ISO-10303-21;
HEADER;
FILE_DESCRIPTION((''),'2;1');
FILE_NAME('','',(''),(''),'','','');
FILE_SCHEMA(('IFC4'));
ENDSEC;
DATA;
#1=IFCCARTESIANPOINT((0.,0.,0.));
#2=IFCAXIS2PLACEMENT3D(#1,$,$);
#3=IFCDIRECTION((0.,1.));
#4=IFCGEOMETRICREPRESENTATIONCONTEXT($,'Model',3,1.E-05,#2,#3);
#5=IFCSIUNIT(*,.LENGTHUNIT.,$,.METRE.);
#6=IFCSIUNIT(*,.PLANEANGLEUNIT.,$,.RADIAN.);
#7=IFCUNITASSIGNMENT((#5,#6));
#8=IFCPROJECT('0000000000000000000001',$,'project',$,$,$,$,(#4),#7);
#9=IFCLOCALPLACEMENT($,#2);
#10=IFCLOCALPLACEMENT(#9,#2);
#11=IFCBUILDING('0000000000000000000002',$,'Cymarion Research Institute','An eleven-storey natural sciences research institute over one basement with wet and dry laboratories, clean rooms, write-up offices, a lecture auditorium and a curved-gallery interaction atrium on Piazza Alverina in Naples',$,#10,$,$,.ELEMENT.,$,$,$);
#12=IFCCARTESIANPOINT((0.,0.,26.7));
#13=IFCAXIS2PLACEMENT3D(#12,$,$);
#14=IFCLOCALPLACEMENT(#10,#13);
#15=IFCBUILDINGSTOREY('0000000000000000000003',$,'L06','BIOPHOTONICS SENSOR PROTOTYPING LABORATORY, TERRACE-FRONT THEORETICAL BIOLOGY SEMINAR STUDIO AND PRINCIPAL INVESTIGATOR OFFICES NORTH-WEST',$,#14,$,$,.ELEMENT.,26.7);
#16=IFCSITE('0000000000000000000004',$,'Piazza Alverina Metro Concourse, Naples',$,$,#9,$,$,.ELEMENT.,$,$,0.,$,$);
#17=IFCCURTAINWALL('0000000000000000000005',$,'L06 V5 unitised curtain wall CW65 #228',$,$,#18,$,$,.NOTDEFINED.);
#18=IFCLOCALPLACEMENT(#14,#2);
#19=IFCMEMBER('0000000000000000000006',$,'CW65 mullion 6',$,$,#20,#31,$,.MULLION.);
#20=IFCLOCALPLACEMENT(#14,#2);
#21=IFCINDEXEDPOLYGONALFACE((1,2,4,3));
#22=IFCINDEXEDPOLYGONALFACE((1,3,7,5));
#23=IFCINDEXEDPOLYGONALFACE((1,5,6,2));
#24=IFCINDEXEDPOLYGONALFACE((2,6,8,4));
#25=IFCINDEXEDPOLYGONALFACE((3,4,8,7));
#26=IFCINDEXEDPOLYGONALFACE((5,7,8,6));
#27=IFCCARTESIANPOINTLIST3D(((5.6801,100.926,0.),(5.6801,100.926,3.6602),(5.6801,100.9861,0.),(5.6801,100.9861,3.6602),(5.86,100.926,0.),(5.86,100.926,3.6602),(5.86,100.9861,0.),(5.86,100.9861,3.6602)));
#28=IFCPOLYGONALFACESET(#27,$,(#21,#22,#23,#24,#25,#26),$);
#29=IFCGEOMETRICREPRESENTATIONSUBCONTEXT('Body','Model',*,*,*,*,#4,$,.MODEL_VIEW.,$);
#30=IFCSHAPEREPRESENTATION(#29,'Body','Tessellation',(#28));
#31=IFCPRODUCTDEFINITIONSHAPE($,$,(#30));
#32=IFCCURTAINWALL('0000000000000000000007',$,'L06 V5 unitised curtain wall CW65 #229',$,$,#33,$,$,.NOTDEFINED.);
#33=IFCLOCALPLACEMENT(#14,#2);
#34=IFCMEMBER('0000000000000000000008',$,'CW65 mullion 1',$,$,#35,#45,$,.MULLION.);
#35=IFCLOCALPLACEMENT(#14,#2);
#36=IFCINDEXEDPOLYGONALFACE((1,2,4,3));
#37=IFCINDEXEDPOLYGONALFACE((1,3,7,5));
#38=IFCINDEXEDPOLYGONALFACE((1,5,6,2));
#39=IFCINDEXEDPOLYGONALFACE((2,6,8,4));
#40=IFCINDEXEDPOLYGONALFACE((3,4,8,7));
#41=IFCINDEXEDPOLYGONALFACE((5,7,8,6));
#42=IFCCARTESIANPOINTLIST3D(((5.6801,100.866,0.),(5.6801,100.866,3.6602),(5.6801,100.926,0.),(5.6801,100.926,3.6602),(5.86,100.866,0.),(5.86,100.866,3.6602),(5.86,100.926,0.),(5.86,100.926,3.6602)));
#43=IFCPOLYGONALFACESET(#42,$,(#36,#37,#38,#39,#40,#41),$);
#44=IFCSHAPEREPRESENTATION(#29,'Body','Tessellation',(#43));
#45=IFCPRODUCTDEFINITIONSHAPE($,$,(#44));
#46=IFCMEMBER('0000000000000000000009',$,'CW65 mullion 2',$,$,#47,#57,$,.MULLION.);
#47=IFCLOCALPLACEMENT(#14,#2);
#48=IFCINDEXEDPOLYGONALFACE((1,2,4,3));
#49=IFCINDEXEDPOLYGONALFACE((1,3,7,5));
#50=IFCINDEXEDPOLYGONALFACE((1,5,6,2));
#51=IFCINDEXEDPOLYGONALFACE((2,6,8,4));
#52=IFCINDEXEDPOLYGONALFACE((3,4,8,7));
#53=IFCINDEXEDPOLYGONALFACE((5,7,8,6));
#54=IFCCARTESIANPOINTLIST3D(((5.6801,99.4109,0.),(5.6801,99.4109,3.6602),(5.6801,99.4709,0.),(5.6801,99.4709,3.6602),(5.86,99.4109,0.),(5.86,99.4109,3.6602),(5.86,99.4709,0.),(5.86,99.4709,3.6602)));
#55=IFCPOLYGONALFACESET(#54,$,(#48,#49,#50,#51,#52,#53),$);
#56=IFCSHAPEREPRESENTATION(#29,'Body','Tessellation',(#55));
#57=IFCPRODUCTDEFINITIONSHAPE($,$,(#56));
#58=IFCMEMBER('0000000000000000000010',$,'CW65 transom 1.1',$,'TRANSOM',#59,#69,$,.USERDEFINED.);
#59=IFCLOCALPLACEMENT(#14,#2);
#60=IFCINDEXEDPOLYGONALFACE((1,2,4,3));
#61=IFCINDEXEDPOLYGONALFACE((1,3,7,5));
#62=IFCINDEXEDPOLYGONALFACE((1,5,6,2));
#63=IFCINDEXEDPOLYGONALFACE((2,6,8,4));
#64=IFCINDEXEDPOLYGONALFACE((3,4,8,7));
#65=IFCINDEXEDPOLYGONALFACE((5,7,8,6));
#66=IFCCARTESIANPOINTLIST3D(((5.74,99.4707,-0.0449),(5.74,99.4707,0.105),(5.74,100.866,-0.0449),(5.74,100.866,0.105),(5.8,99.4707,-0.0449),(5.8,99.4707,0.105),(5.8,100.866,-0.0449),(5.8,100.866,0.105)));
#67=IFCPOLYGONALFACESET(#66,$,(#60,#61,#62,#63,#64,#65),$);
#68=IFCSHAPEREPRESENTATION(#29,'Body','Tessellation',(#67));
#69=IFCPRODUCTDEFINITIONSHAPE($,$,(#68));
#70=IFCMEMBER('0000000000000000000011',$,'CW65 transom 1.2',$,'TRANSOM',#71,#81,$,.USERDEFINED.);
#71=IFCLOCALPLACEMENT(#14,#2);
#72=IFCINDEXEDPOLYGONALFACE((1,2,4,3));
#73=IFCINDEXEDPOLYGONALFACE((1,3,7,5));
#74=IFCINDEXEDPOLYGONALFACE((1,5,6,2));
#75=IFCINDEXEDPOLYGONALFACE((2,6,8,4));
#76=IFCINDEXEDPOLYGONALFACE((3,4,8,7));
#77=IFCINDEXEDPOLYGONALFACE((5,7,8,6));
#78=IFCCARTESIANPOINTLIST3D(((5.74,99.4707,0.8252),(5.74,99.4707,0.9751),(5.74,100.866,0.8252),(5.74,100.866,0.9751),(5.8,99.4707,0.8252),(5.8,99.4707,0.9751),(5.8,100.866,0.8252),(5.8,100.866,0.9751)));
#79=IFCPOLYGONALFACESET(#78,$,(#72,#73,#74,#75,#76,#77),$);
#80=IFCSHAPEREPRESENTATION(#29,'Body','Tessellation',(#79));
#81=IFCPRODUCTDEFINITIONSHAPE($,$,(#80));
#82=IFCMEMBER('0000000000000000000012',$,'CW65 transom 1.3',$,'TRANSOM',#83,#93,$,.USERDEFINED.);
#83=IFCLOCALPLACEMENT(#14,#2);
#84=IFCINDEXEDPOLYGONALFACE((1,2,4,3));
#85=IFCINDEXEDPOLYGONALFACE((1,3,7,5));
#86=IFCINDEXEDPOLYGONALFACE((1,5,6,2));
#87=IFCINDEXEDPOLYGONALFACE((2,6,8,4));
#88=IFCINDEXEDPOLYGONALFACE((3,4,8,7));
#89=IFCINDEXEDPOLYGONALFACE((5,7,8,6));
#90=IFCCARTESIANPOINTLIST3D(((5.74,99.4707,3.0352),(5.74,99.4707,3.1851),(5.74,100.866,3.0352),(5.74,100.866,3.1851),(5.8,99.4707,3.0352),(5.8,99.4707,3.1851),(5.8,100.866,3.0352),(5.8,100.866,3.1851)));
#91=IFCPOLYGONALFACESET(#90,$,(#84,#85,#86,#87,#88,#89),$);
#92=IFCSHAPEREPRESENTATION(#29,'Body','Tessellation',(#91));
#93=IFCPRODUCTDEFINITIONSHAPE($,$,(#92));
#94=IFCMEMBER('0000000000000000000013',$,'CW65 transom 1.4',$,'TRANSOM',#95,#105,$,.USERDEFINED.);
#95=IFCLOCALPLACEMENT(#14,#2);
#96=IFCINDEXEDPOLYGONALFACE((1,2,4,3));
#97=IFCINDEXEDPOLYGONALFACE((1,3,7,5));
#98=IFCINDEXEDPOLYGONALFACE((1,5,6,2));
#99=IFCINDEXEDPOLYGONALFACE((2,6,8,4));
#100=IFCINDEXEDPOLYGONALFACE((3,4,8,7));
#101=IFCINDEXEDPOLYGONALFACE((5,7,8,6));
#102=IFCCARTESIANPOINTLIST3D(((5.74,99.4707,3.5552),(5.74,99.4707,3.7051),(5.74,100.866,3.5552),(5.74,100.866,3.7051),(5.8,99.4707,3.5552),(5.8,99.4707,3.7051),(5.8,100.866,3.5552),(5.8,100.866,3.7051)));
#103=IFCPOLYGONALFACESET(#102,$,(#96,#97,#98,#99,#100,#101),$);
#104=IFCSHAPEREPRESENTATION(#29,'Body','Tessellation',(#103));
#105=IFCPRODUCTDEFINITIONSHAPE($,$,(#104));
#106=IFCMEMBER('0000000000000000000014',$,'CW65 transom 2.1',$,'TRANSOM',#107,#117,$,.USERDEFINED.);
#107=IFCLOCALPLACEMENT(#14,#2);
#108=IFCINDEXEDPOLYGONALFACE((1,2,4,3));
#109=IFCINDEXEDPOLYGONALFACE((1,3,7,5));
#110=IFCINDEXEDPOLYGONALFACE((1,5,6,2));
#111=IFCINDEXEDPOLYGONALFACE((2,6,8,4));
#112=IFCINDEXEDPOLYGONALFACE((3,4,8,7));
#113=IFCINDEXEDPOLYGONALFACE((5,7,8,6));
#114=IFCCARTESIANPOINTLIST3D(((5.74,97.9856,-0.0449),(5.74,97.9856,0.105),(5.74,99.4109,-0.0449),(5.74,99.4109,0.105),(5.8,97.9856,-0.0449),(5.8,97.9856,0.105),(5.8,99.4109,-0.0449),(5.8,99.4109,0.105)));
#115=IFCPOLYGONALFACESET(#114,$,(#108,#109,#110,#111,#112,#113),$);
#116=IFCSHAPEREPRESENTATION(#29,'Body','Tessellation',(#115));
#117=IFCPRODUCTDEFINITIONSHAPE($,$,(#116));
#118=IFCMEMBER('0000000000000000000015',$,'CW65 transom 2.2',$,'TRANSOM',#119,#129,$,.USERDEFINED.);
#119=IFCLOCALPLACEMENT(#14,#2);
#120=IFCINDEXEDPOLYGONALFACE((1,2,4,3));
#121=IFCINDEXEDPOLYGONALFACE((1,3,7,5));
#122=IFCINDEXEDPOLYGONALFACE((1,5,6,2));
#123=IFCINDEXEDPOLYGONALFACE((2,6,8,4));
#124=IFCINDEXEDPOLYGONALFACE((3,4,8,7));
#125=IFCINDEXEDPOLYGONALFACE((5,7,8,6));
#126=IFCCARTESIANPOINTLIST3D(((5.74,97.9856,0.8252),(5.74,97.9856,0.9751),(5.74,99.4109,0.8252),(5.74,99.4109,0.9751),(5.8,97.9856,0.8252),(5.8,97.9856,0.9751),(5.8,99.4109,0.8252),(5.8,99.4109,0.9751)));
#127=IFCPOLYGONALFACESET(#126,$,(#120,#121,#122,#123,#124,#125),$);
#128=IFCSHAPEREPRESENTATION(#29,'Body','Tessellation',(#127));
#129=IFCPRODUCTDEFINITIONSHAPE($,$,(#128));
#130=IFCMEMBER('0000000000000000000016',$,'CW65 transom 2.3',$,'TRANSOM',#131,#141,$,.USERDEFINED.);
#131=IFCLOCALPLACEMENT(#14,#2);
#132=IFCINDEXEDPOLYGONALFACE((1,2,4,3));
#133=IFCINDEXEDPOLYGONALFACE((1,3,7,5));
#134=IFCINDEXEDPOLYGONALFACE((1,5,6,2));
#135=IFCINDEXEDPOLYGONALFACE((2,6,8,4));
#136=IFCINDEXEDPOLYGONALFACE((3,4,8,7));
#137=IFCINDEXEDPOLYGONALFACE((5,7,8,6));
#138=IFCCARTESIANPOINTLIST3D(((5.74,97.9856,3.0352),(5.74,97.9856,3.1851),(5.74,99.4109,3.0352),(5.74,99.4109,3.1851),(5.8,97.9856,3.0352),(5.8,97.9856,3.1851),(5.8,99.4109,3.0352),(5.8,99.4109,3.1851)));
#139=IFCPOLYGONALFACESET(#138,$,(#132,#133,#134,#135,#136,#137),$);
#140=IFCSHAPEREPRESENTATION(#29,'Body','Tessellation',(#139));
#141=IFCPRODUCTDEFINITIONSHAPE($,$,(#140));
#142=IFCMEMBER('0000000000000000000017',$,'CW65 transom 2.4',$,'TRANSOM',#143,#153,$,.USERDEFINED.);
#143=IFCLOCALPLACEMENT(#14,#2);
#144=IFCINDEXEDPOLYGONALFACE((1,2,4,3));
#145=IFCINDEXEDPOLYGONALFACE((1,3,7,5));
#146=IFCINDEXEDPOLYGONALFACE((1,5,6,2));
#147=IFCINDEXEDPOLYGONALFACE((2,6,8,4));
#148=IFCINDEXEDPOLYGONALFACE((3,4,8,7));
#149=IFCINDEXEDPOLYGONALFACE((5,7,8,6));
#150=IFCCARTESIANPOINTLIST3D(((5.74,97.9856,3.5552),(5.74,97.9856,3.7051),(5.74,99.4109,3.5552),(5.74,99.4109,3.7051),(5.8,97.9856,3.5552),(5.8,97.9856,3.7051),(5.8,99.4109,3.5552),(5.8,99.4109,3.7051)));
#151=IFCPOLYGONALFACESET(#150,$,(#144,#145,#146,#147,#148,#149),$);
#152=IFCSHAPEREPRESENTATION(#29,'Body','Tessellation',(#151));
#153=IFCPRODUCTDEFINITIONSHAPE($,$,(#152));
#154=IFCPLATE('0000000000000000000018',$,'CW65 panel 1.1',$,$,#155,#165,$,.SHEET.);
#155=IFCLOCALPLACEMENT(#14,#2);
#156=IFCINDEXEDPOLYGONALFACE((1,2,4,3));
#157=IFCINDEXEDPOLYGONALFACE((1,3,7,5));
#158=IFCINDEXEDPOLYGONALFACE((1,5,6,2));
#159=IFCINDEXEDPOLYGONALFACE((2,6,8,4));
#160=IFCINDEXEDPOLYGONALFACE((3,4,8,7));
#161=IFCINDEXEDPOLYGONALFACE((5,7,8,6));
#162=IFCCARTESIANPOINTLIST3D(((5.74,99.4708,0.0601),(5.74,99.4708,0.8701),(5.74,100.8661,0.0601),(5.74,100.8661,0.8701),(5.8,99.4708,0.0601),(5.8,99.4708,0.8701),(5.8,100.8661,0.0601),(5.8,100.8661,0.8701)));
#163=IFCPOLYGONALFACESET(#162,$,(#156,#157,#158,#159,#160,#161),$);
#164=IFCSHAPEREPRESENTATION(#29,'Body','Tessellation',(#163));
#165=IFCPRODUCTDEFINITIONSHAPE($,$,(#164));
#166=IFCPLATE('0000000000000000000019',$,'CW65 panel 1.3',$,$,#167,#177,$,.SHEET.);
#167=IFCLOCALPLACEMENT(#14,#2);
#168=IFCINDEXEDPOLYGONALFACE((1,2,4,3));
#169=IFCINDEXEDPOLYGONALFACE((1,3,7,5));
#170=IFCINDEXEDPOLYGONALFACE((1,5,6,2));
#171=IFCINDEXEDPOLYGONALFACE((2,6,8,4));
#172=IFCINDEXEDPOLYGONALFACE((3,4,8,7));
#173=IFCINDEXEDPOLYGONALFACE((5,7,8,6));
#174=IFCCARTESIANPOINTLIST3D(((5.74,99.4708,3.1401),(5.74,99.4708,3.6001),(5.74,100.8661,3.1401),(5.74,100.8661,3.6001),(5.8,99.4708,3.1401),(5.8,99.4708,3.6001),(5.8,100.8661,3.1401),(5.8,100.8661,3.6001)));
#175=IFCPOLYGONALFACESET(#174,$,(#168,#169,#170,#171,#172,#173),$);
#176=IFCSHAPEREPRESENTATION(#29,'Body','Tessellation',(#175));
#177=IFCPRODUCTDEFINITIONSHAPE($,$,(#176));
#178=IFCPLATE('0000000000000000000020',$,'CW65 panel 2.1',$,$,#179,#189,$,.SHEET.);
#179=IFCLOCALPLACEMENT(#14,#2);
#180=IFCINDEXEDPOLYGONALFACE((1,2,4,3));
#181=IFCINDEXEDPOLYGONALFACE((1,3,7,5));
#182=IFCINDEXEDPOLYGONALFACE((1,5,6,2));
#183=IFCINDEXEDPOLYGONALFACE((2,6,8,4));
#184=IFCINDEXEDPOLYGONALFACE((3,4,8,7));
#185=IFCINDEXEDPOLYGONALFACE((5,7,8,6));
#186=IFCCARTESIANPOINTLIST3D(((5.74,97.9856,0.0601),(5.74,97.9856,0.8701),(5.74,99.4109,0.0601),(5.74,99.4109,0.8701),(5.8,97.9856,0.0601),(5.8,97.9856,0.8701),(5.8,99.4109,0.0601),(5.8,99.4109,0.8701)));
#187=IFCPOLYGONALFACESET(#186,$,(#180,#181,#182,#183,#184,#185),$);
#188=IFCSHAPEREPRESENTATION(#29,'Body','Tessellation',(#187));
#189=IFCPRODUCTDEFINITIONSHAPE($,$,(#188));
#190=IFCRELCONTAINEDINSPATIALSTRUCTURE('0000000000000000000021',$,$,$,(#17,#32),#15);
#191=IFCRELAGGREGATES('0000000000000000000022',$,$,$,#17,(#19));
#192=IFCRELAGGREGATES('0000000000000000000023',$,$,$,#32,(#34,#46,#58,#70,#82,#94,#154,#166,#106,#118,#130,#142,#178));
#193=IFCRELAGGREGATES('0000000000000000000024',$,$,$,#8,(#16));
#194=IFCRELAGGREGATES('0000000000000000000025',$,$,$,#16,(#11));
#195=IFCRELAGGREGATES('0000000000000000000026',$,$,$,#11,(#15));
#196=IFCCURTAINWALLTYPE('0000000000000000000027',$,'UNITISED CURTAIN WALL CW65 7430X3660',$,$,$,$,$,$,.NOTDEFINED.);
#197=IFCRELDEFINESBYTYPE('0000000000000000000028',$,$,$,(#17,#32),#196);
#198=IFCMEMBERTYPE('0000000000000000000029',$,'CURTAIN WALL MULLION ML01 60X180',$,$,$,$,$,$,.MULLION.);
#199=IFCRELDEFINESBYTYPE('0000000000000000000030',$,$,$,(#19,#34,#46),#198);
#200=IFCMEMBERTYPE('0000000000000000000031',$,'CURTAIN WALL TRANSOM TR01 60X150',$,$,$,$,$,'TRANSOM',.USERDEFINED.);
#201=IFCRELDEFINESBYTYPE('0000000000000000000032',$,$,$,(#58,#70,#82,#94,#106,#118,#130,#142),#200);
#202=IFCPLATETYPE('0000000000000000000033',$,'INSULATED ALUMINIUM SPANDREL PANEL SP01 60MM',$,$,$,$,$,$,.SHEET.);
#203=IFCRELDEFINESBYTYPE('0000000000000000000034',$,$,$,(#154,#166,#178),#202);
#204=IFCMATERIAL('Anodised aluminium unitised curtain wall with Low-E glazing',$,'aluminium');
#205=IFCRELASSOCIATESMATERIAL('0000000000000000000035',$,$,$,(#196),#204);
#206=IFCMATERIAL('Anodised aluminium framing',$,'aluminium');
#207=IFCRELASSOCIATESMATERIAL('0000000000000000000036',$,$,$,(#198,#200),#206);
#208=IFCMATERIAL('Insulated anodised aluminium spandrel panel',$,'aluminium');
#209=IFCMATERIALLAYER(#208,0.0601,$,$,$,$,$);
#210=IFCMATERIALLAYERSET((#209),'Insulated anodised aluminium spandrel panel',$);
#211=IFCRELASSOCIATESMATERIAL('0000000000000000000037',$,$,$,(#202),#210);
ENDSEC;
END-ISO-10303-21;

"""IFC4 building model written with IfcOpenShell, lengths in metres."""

from ifc_helpers import new_model, si_unit, direction, frame, origin, origin_2d, place, context, subcontext, project, spatial, rectangle, extrude, material, layer, layer_set, material_profile, profile_set, type_object, element, aggregate, save


model = new_model("IFC4")

# Units and contexts
model_context = context("Model", 3, precision=1e-05, world=origin(), true_north=direction((0.0, 1.0)))
body_context = subcontext(model_context, "Body", "Model", "MODEL_VIEW")
ifc_project = project(units=[si_unit("LENGTHUNIT", "METRE"), si_unit("PLANEANGLEUNIT", "RADIAN")], contexts=[model_context])

# Site, building, storey
site_placement = place(None, origin())
site = spatial("IfcSite", under=ifc_project, at=site_placement, Name="Piazza Alverina Metro Concourse, Naples", CompositionType="ELEMENT", RefElevation=0.0)
building_placement = place(site_placement, origin())
building = spatial("IfcBuilding", under=site, at=building_placement, Name="Cymarion Research Institute", Description="An eleven-storey natural sciences research institute over one basement with wet and dry laboratories, clean rooms, write-up offices, a lecture auditorium and a curved-gallery interaction atrium on Piazza Alverina in Naples", CompositionType="ELEMENT")
storey_placement = place(building_placement, frame((0.0, 0.0, 26.7)))
storey = spatial("IfcBuildingStorey", under=building, at=storey_placement, Name="L06", Description="BIOPHOTONICS SENSOR PROTOTYPING LABORATORY, TERRACE-FRONT THEORETICAL BIOLOGY SEMINAR STUDIO AND PRINCIPAL INVESTIGATOR OFFICES NORTH-WEST", CompositionType="ELEMENT", Elevation=26.7)

# Curtain wall, member
ifc_material_1 = material(Name="Anodised aluminium unitised curtain wall with Low-E glazing", Category="aluminium")
curtain_wall_type = type_object("IfcCurtainWallType", Name="UNITISED CURTAIN WALL CW65 7430X3660", PredefinedType="NOTDEFINED", material=ifc_material_1)
curtain_wall_1_placement = place(storey_placement, origin())
curtain_wall_1 = element("IfcCurtainWall", 1, at=curtain_wall_1_placement, inside=storey, type_object=curtain_wall_type, Name="L06 V5 unitised curtain wall CW65 #228", PredefinedType="NOTDEFINED")
ifc_material_2 = material(Name="Anodised aluminium framing", Category="aluminium")
ifc_material_profile_1 = material_profile(ifc_material_2, rectangle(XDim=0.0601, YDim=0.1799, at=origin_2d()), Name="ALU MULLION 60x180")
ifc_profile_set_1 = profile_set([ifc_material_profile_1], Name="Anodised aluminium framing")
member_type_1 = type_object("IfcMemberType", Name="CURTAIN WALL MULLION ML01 60X180", PredefinedType="MULLION", material=ifc_profile_set_1)
member_1_placement = place(storey_placement, frame((5.77, 100.9561, 0.0), z_axis=(0.0, 0.0, 1.0), x_axis=(0.0, -1.0, 0.0)))
member_1 = element("IfcMember", 2, at=member_1_placement, type_object=member_type_1, Name="CW65 mullion 6", PredefinedType="MULLION", context=body_context, shape_type="SweptSolid", body=[
    extrude(rectangle(XDim=0.0601, YDim=0.1799, at=origin_2d()), origin(), (0.0, 0.0, 1.0), 3.6602),
])
aggregate(curtain_wall_1, [member_1])

# Curtain wall, members, plates
curtain_wall_2_placement = place(storey_placement, origin())
curtain_wall_2 = element("IfcCurtainWall", 3, at=curtain_wall_2_placement, inside=storey, type_object=curtain_wall_type, Name="L06 V5 unitised curtain wall CW65 #229", PredefinedType="NOTDEFINED")
member_2_placement = place(storey_placement, frame((5.77, 100.896, 0.0), z_axis=(0.0, 0.0, 1.0), x_axis=(0.0, -1.0, 0.0)))
member_2 = element("IfcMember", 4, at=member_2_placement, type_object=member_type_1, Name="CW65 mullion 1", PredefinedType="MULLION", context=body_context, shape_type="SweptSolid", body=[
    extrude(rectangle(XDim=0.0601, YDim=0.1799, at=origin_2d()), origin(), (0.0, 0.0, 1.0), 3.6602),
])
member_3_placement = place(storey_placement, frame((5.77, 99.4409, 0.0), z_axis=(0.0, 0.0, 1.0), x_axis=(0.0, -1.0, 0.0)))
member_3 = element("IfcMember", 5, at=member_3_placement, type_object=member_type_1, Name="CW65 mullion 2", PredefinedType="MULLION", context=body_context, shape_type="SweptSolid", body=[
    extrude(rectangle(XDim=0.0601, YDim=0.1799, at=origin_2d()), origin(), (0.0, 0.0, 1.0), 3.6602),
])
ifc_material_profile_2 = material_profile(ifc_material_2, rectangle(XDim=0.0601, YDim=0.1499, at=origin_2d()), Name="ALU TRANSOM 60x150")
ifc_profile_set_2 = profile_set([ifc_material_profile_2], Name="Anodised aluminium framing")
member_type_2 = type_object("IfcMemberType", Name="CURTAIN WALL TRANSOM TR01 60X150", ElementType="TRANSOM", PredefinedType="USERDEFINED", material=ifc_profile_set_2)
member_4_placement = place(storey_placement, frame((5.77, 100.866, 0.03), z_axis=(0.0, -1.0, 0.0), x_axis=(1.0, 0.0, 0.0)))
member_4 = element("IfcMember", 6, at=member_4_placement, type_object=member_type_2, Name="CW65 transom 1.1", ObjectType="TRANSOM", PredefinedType="USERDEFINED", context=body_context, shape_type="SweptSolid", body=[
    extrude(rectangle(XDim=0.0601, YDim=0.1499, at=origin_2d()), origin(), (0.0, 0.0, 1.0), 1.3953),
])
member_5_placement = place(storey_placement, frame((5.77, 100.866, 0.9001), z_axis=(0.0, -1.0, 0.0), x_axis=(1.0, 0.0, 0.0)))
member_5 = element("IfcMember", 7, at=member_5_placement, type_object=member_type_2, Name="CW65 transom 1.2", ObjectType="TRANSOM", PredefinedType="USERDEFINED", context=body_context, shape_type="SweptSolid", body=[
    extrude(rectangle(XDim=0.0601, YDim=0.1499, at=origin_2d()), origin(), (0.0, 0.0, 1.0), 1.3953),
])
member_6_placement = place(storey_placement, frame((5.77, 100.866, 3.1101), z_axis=(0.0, -1.0, 0.0), x_axis=(1.0, 0.0, 0.0)))
member_6 = element("IfcMember", 8, at=member_6_placement, type_object=member_type_2, Name="CW65 transom 1.3", ObjectType="TRANSOM", PredefinedType="USERDEFINED", context=body_context, shape_type="SweptSolid", body=[
    extrude(rectangle(XDim=0.0601, YDim=0.1499, at=origin_2d()), origin(), (0.0, 0.0, 1.0), 1.3953),
])
member_7_placement = place(storey_placement, frame((5.77, 100.866, 3.6301), z_axis=(0.0, -1.0, 0.0), x_axis=(1.0, 0.0, 0.0)))
member_7 = element("IfcMember", 9, at=member_7_placement, type_object=member_type_2, Name="CW65 transom 1.4", ObjectType="TRANSOM", PredefinedType="USERDEFINED", context=body_context, shape_type="SweptSolid", body=[
    extrude(rectangle(XDim=0.0601, YDim=0.1499, at=origin_2d()), origin(), (0.0, 0.0, 1.0), 1.3953),
])
member_8_placement = place(storey_placement, frame((5.77, 99.4109, 0.03), z_axis=(0.0, -1.0, 0.0), x_axis=(1.0, 0.0, 0.0)))
member_8 = element("IfcMember", 10, at=member_8_placement, type_object=member_type_2, Name="CW65 transom 2.1", ObjectType="TRANSOM", PredefinedType="USERDEFINED", context=body_context, shape_type="SweptSolid", body=[
    extrude(rectangle(XDim=0.0601, YDim=0.1499, at=origin_2d()), origin(), (0.0, 0.0, 1.0), 1.4253),
])
member_9_placement = place(storey_placement, frame((5.77, 99.4109, 0.9001), z_axis=(0.0, -1.0, 0.0), x_axis=(1.0, 0.0, 0.0)))
member_9 = element("IfcMember", 11, at=member_9_placement, type_object=member_type_2, Name="CW65 transom 2.2", ObjectType="TRANSOM", PredefinedType="USERDEFINED", context=body_context, shape_type="SweptSolid", body=[
    extrude(rectangle(XDim=0.0601, YDim=0.1499, at=origin_2d()), origin(), (0.0, 0.0, 1.0), 1.4253),
])
member_10_placement = place(storey_placement, frame((5.77, 99.4109, 3.1101), z_axis=(0.0, -1.0, 0.0), x_axis=(1.0, 0.0, 0.0)))
member_10 = element("IfcMember", 12, at=member_10_placement, type_object=member_type_2, Name="CW65 transom 2.3", ObjectType="TRANSOM", PredefinedType="USERDEFINED", context=body_context, shape_type="SweptSolid", body=[
    extrude(rectangle(XDim=0.0601, YDim=0.1499, at=origin_2d()), origin(), (0.0, 0.0, 1.0), 1.4253),
])
member_11_placement = place(storey_placement, frame((5.77, 99.4109, 3.6301), z_axis=(0.0, -1.0, 0.0), x_axis=(1.0, 0.0, 0.0)))
member_11 = element("IfcMember", 13, at=member_11_placement, type_object=member_type_2, Name="CW65 transom 2.4", ObjectType="TRANSOM", PredefinedType="USERDEFINED", context=body_context, shape_type="SweptSolid", body=[
    extrude(rectangle(XDim=0.0601, YDim=0.1499, at=origin_2d()), origin(), (0.0, 0.0, 1.0), 1.4253),
])
ifc_material_3 = material(Name="Insulated anodised aluminium spandrel panel", Category="aluminium")
ifc_layer_1 = layer(ifc_material_3, 0.0601)
ifc_layer_set_1 = layer_set([ifc_layer_1], Name="Insulated anodised aluminium spandrel panel")
plate_type_1 = type_object("IfcPlateType", Name="INSULATED ALUMINIUM SPANDREL PANEL SP01 60MM", PredefinedType="SHEET", material=ifc_layer_set_1)
plate_1_placement = place(storey_placement, frame((5.77, 100.1685, 0.0601), z_axis=(0.0, 0.0, 1.0), x_axis=(0.0, -1.0, 0.0)))
plate_1 = element("IfcPlate", 14, at=plate_1_placement, type_object=plate_type_1, Name="CW65 panel 1.1", PredefinedType="SHEET", context=body_context, shape_type="SweptSolid", body=[
    extrude(rectangle(XDim=1.3953, YDim=0.0601, at=origin_2d()), origin(), (0.0, 0.0, 1.0), 0.8101),
])
plate_2_placement = place(storey_placement, frame((5.77, 100.1685, 3.1401), z_axis=(0.0, 0.0, 1.0), x_axis=(0.0, -1.0, 0.0)))
plate_2 = element("IfcPlate", 15, at=plate_2_placement, type_object=plate_type_1, Name="CW65 panel 1.3", PredefinedType="SHEET", context=body_context, shape_type="SweptSolid", body=[
    extrude(rectangle(XDim=1.3953, YDim=0.0601, at=origin_2d()), origin(), (0.0, 0.0, 1.0), 0.46),
])
plate_3_placement = place(storey_placement, frame((5.77, 98.6982, 0.0601), z_axis=(0.0, 0.0, 1.0), x_axis=(0.0, -1.0, 0.0)))
plate_3 = element("IfcPlate", 16, at=plate_3_placement, type_object=plate_type_1, Name="CW65 panel 2.1", PredefinedType="SHEET", context=body_context, shape_type="SweptSolid", body=[
    extrude(rectangle(XDim=1.4253, YDim=0.0601, at=origin_2d()), origin(), (0.0, 0.0, 1.0), 0.8101),
])
aggregate(curtain_wall_2, [member_2, member_3, member_4, member_5, member_6, member_7, plate_1, plate_2, member_8, member_9, member_10, member_11, plate_3])

save(model, "model.ifc")
